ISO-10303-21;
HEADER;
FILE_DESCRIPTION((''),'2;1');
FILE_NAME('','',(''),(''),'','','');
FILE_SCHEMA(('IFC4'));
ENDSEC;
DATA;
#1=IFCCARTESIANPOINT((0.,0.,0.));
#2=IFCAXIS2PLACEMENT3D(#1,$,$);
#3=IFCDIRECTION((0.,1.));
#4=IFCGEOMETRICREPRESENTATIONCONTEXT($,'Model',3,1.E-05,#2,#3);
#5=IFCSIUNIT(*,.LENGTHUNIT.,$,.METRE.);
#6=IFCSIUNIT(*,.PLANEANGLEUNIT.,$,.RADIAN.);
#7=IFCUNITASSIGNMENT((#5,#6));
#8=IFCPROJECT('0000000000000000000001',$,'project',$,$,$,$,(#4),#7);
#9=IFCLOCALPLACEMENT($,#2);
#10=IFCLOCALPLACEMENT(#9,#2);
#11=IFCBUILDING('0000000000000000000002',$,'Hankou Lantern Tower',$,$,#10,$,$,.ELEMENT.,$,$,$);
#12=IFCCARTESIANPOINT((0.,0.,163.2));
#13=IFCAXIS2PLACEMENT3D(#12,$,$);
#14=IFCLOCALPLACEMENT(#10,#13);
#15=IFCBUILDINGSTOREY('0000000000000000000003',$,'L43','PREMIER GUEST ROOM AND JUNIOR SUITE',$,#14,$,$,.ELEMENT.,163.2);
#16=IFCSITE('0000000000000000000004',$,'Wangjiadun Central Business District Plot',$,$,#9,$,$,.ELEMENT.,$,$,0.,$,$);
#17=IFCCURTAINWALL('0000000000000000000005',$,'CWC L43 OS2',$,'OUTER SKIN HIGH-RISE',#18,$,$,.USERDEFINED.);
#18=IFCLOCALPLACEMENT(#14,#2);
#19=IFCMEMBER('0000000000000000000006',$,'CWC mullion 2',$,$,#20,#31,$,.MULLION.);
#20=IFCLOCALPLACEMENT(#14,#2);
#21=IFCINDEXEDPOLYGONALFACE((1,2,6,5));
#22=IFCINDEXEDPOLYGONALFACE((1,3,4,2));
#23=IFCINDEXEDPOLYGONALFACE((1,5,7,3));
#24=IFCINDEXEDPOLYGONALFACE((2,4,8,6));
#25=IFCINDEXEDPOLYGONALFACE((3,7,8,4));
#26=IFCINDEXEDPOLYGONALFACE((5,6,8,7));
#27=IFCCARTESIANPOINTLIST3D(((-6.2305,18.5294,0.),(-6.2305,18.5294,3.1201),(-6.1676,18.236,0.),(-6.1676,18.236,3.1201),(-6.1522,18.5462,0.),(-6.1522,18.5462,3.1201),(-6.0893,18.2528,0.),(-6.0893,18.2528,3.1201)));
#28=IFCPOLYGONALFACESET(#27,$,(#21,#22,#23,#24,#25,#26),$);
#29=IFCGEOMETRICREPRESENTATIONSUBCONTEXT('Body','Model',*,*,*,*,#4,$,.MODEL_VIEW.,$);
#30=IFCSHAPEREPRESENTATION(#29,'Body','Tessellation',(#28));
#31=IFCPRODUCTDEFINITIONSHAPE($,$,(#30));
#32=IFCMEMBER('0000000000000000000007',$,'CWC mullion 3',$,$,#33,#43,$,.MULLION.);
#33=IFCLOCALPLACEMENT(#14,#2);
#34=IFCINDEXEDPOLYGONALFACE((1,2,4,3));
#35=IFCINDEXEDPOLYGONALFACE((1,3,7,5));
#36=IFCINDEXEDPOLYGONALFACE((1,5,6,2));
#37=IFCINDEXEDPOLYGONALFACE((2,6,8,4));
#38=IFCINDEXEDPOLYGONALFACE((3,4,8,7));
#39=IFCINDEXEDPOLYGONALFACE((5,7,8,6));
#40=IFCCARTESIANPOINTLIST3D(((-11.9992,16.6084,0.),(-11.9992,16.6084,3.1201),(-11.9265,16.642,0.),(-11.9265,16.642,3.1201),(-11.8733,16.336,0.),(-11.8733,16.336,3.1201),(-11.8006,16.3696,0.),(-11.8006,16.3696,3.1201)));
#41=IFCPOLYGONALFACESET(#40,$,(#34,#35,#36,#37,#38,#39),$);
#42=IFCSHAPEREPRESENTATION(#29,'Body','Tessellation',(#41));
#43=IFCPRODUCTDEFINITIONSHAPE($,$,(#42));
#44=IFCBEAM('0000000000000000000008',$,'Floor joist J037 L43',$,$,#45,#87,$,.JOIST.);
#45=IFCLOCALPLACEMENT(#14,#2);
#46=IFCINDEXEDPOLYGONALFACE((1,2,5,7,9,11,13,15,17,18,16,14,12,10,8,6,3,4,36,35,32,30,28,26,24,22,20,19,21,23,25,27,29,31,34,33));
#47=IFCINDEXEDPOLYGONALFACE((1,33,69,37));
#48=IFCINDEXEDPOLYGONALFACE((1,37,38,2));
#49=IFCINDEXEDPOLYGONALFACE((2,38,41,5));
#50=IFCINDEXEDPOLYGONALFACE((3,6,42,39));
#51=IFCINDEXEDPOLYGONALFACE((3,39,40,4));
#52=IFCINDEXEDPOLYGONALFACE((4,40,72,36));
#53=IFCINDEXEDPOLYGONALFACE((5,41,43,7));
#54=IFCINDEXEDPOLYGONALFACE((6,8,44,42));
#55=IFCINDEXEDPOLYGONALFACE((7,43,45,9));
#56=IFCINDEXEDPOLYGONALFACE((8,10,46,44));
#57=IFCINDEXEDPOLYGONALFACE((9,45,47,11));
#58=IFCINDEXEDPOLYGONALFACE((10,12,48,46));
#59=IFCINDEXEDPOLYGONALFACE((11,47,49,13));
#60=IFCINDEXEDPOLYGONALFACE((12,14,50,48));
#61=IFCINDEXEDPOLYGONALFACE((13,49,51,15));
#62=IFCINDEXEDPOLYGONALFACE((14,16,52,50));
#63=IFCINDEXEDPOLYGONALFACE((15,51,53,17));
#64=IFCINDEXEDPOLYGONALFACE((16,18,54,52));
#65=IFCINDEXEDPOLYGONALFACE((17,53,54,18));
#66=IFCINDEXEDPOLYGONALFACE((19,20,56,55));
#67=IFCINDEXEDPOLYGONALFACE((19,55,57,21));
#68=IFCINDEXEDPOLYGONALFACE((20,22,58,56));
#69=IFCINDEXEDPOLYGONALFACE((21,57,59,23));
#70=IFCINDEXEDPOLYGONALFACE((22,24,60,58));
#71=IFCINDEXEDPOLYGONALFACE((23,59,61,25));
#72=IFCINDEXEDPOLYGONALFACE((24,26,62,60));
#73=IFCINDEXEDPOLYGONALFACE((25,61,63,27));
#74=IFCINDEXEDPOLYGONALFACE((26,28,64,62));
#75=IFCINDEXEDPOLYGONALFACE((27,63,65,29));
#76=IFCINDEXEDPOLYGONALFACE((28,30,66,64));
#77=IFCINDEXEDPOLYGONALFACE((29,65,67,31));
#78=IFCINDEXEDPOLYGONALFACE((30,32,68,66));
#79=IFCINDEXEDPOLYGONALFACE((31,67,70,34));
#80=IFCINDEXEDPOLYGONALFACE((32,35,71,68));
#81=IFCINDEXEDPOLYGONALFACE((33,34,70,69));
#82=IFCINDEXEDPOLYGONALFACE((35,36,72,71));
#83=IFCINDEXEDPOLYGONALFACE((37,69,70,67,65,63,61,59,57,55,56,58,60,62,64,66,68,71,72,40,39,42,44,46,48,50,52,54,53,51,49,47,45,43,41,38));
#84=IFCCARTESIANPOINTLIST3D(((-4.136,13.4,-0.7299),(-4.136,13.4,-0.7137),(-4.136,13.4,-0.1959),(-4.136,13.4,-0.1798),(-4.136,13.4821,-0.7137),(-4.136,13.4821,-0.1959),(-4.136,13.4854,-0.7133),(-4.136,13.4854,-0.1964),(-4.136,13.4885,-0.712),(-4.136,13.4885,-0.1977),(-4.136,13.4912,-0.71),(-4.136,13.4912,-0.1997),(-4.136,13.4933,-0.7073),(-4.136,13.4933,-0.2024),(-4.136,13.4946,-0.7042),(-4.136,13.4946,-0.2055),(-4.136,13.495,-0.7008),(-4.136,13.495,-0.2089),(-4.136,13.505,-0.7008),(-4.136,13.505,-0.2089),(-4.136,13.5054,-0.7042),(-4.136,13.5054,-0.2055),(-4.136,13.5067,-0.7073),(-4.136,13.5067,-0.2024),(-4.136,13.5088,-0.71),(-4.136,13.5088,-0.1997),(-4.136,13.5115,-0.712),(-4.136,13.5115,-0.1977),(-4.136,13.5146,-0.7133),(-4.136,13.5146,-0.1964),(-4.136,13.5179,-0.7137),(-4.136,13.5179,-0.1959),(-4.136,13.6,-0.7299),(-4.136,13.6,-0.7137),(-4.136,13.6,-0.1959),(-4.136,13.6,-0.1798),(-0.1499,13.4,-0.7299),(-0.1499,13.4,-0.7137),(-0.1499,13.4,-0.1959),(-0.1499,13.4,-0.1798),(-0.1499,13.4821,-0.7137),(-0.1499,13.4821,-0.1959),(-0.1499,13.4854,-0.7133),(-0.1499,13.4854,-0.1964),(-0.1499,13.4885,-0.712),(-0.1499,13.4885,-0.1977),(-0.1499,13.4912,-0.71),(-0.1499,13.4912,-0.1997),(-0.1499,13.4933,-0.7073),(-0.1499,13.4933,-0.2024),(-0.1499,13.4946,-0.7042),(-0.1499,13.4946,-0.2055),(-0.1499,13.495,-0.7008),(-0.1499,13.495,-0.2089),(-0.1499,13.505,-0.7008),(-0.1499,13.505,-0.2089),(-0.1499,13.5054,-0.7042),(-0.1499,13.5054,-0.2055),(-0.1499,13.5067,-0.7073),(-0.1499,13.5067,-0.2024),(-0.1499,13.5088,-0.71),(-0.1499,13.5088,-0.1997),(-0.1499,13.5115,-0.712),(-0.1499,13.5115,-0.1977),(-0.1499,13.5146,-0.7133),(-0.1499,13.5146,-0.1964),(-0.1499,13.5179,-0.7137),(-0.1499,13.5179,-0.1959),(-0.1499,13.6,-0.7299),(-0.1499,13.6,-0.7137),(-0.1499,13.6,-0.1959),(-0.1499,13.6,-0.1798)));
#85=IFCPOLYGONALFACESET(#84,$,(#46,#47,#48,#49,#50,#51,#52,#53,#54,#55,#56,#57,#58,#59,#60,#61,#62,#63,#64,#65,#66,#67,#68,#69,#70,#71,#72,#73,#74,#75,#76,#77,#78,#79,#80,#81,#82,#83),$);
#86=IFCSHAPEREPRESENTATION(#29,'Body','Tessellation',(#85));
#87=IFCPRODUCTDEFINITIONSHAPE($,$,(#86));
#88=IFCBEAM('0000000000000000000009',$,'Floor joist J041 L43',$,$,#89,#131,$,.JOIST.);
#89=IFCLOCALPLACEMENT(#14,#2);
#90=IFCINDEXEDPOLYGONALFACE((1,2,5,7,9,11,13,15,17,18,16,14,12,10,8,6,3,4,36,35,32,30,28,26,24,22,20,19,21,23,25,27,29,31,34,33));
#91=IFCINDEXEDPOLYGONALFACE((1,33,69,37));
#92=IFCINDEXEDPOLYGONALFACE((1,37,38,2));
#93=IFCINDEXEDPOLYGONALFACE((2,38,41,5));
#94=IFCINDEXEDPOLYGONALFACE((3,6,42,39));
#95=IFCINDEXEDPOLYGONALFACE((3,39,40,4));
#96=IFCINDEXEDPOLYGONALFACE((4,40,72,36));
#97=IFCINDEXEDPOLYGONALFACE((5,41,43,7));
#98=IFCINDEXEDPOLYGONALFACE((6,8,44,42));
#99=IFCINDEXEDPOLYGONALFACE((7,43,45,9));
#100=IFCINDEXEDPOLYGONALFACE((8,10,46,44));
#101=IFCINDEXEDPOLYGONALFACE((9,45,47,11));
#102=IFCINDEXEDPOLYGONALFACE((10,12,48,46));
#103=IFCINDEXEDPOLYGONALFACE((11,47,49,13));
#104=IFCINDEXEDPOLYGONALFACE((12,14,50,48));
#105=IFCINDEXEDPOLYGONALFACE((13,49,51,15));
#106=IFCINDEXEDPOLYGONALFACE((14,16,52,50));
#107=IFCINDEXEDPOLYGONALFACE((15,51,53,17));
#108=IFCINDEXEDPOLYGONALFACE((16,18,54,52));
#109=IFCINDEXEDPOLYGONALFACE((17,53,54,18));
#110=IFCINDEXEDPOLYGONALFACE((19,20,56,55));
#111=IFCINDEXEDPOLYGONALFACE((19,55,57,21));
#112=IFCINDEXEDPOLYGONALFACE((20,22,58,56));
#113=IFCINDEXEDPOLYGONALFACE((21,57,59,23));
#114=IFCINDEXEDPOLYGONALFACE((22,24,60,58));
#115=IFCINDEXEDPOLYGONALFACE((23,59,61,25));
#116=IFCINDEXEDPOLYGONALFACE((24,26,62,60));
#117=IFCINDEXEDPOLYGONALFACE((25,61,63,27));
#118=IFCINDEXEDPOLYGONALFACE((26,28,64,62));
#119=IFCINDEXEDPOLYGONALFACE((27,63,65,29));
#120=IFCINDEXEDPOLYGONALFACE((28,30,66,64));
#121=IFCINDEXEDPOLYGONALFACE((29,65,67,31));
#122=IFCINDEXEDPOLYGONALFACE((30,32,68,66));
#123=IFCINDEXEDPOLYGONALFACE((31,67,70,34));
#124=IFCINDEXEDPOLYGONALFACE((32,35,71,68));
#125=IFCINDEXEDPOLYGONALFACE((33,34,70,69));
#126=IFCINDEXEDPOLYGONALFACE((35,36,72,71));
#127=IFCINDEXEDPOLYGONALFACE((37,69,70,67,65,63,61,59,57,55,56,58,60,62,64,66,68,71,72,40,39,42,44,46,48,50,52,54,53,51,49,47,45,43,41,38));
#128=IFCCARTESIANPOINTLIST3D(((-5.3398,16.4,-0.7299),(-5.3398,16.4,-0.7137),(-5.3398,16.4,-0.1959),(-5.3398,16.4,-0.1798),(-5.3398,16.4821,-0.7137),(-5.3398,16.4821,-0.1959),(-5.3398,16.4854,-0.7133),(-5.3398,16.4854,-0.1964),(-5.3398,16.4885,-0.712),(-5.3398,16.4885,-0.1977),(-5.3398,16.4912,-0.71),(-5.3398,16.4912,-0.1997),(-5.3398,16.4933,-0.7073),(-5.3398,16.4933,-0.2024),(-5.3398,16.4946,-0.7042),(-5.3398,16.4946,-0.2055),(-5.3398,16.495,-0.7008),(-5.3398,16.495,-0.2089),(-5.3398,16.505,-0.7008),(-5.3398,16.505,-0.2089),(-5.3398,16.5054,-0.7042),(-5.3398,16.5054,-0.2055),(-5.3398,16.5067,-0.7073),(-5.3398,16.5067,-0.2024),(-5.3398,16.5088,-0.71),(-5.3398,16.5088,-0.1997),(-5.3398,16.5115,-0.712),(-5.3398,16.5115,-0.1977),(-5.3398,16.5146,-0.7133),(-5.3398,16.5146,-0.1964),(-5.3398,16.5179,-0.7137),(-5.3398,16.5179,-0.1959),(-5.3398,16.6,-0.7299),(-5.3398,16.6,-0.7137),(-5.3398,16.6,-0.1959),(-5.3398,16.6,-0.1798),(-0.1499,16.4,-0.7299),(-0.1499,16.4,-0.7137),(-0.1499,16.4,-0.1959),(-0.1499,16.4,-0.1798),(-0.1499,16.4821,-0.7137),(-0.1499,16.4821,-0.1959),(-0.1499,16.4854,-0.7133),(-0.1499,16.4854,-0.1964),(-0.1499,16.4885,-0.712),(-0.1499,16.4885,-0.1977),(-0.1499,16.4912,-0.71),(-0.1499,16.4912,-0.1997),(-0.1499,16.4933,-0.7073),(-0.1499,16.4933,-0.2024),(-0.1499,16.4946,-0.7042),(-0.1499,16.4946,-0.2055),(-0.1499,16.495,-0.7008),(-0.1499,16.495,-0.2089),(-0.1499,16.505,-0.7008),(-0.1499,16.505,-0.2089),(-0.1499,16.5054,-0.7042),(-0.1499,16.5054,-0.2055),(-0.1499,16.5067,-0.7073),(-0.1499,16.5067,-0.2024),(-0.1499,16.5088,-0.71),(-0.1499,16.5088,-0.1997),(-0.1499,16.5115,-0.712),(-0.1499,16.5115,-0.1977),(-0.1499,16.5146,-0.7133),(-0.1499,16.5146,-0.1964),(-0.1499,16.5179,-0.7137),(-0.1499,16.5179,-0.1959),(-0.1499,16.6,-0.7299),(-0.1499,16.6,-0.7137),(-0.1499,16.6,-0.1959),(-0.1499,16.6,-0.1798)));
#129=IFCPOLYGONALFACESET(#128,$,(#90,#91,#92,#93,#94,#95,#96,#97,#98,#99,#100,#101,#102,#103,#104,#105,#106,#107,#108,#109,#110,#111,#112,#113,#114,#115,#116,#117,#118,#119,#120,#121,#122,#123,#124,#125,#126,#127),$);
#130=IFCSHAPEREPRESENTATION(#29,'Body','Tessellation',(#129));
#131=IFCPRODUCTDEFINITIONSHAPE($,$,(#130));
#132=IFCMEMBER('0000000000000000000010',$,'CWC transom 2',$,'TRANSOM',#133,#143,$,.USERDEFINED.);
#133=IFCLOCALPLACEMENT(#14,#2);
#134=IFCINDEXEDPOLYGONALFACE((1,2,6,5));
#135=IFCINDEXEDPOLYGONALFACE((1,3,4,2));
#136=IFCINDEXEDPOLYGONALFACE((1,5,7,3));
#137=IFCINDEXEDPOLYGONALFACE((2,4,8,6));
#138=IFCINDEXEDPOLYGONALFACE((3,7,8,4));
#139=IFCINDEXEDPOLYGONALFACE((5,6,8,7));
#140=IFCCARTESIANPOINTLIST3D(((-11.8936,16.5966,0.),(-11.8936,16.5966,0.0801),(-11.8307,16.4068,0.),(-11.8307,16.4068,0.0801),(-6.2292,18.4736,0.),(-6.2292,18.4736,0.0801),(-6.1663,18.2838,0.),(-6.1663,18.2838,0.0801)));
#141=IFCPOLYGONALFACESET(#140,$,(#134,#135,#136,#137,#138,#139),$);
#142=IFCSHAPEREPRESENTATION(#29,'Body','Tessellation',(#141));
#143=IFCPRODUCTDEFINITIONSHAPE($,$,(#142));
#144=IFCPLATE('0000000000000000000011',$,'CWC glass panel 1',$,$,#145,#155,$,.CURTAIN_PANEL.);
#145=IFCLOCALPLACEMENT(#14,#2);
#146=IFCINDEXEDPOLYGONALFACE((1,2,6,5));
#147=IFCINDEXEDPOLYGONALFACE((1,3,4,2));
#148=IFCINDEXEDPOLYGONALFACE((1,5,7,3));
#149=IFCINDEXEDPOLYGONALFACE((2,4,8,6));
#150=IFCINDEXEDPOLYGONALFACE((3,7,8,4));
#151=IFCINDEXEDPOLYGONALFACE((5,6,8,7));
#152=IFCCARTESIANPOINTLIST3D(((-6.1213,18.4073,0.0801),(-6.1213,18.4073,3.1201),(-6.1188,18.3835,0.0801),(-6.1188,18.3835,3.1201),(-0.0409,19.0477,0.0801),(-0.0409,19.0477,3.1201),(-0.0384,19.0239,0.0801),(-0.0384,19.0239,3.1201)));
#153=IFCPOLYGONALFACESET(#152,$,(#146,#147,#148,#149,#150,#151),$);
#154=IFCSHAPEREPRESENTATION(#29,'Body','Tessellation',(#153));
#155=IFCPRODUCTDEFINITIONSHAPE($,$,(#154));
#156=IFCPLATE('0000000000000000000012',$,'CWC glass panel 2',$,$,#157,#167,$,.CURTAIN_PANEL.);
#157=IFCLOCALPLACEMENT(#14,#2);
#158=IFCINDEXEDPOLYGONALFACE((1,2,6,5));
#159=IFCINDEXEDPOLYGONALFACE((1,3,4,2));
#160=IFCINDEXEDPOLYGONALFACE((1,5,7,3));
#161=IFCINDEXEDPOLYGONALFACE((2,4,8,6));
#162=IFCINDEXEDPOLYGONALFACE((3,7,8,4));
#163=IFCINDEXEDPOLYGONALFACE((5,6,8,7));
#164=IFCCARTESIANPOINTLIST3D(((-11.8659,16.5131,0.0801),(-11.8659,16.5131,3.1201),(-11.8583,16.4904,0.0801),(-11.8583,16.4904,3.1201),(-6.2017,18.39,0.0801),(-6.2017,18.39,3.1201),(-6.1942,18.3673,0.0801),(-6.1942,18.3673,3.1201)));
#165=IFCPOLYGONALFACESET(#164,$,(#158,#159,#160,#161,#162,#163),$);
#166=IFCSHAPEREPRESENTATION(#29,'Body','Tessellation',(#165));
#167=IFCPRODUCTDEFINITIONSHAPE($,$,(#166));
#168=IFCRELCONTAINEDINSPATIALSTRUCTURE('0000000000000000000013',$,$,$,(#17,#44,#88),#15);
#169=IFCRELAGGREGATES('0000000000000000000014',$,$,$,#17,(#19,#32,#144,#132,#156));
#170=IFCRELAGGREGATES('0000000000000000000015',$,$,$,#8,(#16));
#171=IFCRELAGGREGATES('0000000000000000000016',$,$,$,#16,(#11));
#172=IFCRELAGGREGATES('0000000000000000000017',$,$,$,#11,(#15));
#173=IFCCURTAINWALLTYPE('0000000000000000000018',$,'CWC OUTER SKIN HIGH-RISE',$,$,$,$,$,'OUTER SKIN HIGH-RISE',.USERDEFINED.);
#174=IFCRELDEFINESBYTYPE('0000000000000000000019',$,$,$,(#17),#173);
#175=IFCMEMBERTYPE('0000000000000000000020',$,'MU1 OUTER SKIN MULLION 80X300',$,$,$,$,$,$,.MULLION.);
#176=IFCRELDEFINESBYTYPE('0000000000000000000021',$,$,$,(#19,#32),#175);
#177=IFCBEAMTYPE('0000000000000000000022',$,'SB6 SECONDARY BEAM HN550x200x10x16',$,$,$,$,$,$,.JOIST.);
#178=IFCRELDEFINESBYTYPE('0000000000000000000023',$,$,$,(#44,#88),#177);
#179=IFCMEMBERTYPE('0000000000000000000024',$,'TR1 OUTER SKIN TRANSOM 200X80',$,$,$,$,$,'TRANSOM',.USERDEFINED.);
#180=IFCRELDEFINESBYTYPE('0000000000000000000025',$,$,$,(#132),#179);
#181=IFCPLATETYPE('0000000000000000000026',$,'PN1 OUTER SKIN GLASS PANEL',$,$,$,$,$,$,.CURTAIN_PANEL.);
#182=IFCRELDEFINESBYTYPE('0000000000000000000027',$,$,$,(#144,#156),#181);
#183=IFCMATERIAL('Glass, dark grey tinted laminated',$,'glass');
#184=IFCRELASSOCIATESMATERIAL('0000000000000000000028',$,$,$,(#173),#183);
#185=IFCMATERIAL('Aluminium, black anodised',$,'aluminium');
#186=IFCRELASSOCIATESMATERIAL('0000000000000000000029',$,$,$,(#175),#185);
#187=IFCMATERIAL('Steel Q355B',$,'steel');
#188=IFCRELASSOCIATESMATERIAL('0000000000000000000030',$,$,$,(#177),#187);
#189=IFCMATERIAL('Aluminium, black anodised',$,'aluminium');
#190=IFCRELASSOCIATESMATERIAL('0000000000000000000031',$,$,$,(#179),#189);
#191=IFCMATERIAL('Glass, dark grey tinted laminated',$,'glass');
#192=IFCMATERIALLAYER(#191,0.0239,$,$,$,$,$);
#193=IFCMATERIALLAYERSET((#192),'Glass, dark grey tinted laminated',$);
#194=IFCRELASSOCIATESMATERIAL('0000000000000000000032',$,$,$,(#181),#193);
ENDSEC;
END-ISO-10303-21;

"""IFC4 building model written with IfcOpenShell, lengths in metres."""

from ifc_helpers import new_model, si_unit, direction, frame, origin, origin_2d, place, context, subcontext, project, spatial, rectangle, i_section, extrude, material, layer, layer_set, material_profile, profile_set, type_object, element, aggregate, save


model = new_model("IFC4")

# Units and contexts
model_context = context("Model", 3, precision=1e-05, world=origin(), true_north=direction((0.0, 1.0)))
body_context = subcontext(model_context, "Body", "Model", "MODEL_VIEW")
ifc_project = project(units=[si_unit("LENGTHUNIT", "METRE"), si_unit("PLANEANGLEUNIT", "RADIAN")], contexts=[model_context])

# Site, building, storey
site_placement = place(None, origin())
site = spatial("IfcSite", under=ifc_project, at=site_placement, Name="Wangjiadun Central Business District Plot", CompositionType="ELEMENT", RefElevation=0.0)
building_placement = place(site_placement, origin())
building = spatial("IfcBuilding", under=site, at=building_placement, Name="Hankou Lantern Tower", CompositionType="ELEMENT")
storey_placement = place(building_placement, frame((0.0, 0.0, 163.2)))
storey = spatial("IfcBuildingStorey", under=building, at=storey_placement, Name="L43", Description="PREMIER GUEST ROOM AND JUNIOR SUITE", CompositionType="ELEMENT", Elevation=163.2)

# Curtain wall, members
ifc_material_1 = material(Name="Glass, dark grey tinted laminated", Category="glass")
curtain_wall_type = type_object("IfcCurtainWallType", Name="CWC OUTER SKIN HIGH-RISE", ElementType="OUTER SKIN HIGH-RISE", PredefinedType="USERDEFINED", material=ifc_material_1)
curtain_wall_placement = place(storey_placement, origin())
curtain_wall = element("IfcCurtainWall", 1, at=curtain_wall_placement, inside=storey, type_object=curtain_wall_type, Name="CWC L43 OS2", ObjectType="OUTER SKIN HIGH-RISE", PredefinedType="USERDEFINED")
ifc_material_2 = material(Name="Aluminium, black anodised", Category="aluminium")
ifc_material_profile_1 = material_profile(ifc_material_2, rectangle(XDim=0.0801, YDim=0.3, at=origin_2d()), Name="MU1 80X300")
ifc_profile_set_1 = profile_set([ifc_material_profile_1], Name="Aluminium, black anodised")
member_type_1 = type_object("IfcMemberType", Name="MU1 OUTER SKIN MULLION 80X300", PredefinedType="MULLION", material=ifc_profile_set_1)
member_1_placement = place(storey_placement, frame((-6.1599, 18.3911, 0.0), z_axis=(0.0, 0.0, 1.0), x_axis=(-0.977788, -0.209598, 0.0)))
member_1 = element("IfcMember", 2, at=member_1_placement, type_object=member_type_1, Name="CWC mullion 2", PredefinedType="MULLION", context=body_context, shape_type="SweptSolid", body=[
    extrude(rectangle(XDim=0.0801, YDim=0.3, at=origin_2d()), origin(), (0.0, 0.0, 1.0), 3.1201),
])
member_2_placement = place(storey_placement, frame((-11.8999, 16.489, 0.0), z_axis=(0.0, 0.0, 1.0), x_axis=(-0.907841, -0.419314, 0.0)))
member_2 = element("IfcMember", 3, at=member_2_placement, type_object=member_type_1, Name="CWC mullion 3", PredefinedType="MULLION", context=body_context, shape_type="SweptSolid", body=[
    extrude(rectangle(XDim=0.0801, YDim=0.3, at=origin_2d()), origin(), (0.0, 0.0, 1.0), 3.1201),
])

# Beams
ifc_material_3 = material(Name="Steel Q355B", Category="steel")
ifc_material_profile_2 = material_profile(ifc_material_3, i_section(OverallWidth=0.2, OverallDepth=0.55, WebThickness=0.01, FlangeThickness=0.0161, FilletRadius=0.0129, at=origin_2d()), Name="HN550x200x10x16")
ifc_profile_set_2 = profile_set([ifc_material_profile_2], Name="Steel Q355B")
beam_type_1 = type_object("IfcBeamType", Name="SB6 SECONDARY BEAM HN550x200x10x16", PredefinedType="JOIST", material=ifc_profile_set_2)
beam_1_placement = place(storey_placement, frame((-4.136, 13.5, -0.4548), z_axis=(1.0, 0.0, 0.0), x_axis=(0.0, 1.0, 0.0)))
element("IfcBeam", 4, at=beam_1_placement, inside=storey, type_object=beam_type_1, Name="Floor joist J037 L43", PredefinedType="JOIST", context=body_context, shape_type="SweptSolid", body=[
    extrude(i_section(OverallWidth=0.2, OverallDepth=0.55, WebThickness=0.01, FlangeThickness=0.0161, FilletRadius=0.0129, at=origin_2d()), origin(), (0.0, 0.0, 1.0), 3.9861),
])
beam_2_placement = place(storey_placement, frame((-5.3398, 16.5, -0.4548), z_axis=(1.0, 0.0, 0.0), x_axis=(0.0, 1.0, 0.0)))
element("IfcBeam", 5, at=beam_2_placement, inside=storey, type_object=beam_type_1, Name="Floor joist J041 L43", PredefinedType="JOIST", context=body_context, shape_type="SweptSolid", body=[
    extrude(i_section(OverallWidth=0.2, OverallDepth=0.55, WebThickness=0.01, FlangeThickness=0.0161, FilletRadius=0.0129, at=origin_2d()), origin(), (0.0, 0.0, 1.0), 5.1899),
])

# Member
ifc_material_4 = material(Name="Aluminium, black anodised", Category="aluminium")
ifc_material_profile_3 = material_profile(ifc_material_4, rectangle(XDim=0.2, YDim=0.0801, at=origin_2d()), Name="TR1 200X80")
ifc_profile_set_3 = profile_set([ifc_material_profile_3], Name="Aluminium, black anodised")
member_type_2 = type_object("IfcMemberType", Name="TR1 OUTER SKIN TRANSOM 200X80", ElementType="TRANSOM", PredefinedType="USERDEFINED", material=ifc_profile_set_3)
member_3_placement = place(storey_placement, frame((-6.1978, 18.3787, 0.04), z_axis=(-0.949242, -0.314546, 0.0), x_axis=(0.314546, -0.949242, 0.0)))
member_3 = element("IfcMember", 6, at=member_3_placement, type_object=member_type_2, Name="CWC transom 2", ObjectType="TRANSOM", PredefinedType="USERDEFINED", context=body_context, shape_type="SweptSolid", body=[
    extrude(rectangle(XDim=0.2, YDim=0.0801, at=origin_2d()), origin(), (0.0, 0.0, 1.0), 5.9673),
])

# Plates
ifc_material_5 = material(Name="Glass, dark grey tinted laminated", Category="glass")
ifc_layer_1 = layer(ifc_material_5, 0.0239)
ifc_layer_set_1 = layer_set([ifc_layer_1], Name="Glass, dark grey tinted laminated")
plate_type = type_object("IfcPlateType", Name="PN1 OUTER SKIN GLASS PANEL", PredefinedType="CURTAIN_PANEL", material=ifc_layer_set_1)
plate_1_placement = place(storey_placement, frame((-3.0798, 18.7156, 0.0801), z_axis=(0.0, 0.0, 1.0), x_axis=(-0.994499, -0.104743, 0.0)))
plate_1 = element("IfcPlate", 7, at=plate_1_placement, type_object=plate_type, Name="CWC glass panel 1", PredefinedType="CURTAIN_PANEL", context=body_context, shape_type="SweptSolid", body=[
    extrude(rectangle(XDim=6.114, YDim=0.0239, at=origin_2d()), origin(), (0.0, 0.0, 1.0), 3.04),
])
plate_2_placement = place(storey_placement, frame((-9.03, 17.4402, 0.0801), z_axis=(0.0, 0.0, 1.0), x_axis=(-0.949241, -0.314551, 0.0)))
plate_2 = element("IfcPlate", 8, at=plate_2_placement, type_object=plate_type, Name="CWC glass panel 2", PredefinedType="CURTAIN_PANEL", context=body_context, shape_type="SweptSolid", body=[
    extrude(rectangle(XDim=5.967, YDim=0.0239, at=origin_2d()), origin(), (0.0, 0.0, 1.0), 3.04),
])
aggregate(curtain_wall, [member_1, member_2, plate_1, member_3, plate_2])

save(model, "model.ifc")
